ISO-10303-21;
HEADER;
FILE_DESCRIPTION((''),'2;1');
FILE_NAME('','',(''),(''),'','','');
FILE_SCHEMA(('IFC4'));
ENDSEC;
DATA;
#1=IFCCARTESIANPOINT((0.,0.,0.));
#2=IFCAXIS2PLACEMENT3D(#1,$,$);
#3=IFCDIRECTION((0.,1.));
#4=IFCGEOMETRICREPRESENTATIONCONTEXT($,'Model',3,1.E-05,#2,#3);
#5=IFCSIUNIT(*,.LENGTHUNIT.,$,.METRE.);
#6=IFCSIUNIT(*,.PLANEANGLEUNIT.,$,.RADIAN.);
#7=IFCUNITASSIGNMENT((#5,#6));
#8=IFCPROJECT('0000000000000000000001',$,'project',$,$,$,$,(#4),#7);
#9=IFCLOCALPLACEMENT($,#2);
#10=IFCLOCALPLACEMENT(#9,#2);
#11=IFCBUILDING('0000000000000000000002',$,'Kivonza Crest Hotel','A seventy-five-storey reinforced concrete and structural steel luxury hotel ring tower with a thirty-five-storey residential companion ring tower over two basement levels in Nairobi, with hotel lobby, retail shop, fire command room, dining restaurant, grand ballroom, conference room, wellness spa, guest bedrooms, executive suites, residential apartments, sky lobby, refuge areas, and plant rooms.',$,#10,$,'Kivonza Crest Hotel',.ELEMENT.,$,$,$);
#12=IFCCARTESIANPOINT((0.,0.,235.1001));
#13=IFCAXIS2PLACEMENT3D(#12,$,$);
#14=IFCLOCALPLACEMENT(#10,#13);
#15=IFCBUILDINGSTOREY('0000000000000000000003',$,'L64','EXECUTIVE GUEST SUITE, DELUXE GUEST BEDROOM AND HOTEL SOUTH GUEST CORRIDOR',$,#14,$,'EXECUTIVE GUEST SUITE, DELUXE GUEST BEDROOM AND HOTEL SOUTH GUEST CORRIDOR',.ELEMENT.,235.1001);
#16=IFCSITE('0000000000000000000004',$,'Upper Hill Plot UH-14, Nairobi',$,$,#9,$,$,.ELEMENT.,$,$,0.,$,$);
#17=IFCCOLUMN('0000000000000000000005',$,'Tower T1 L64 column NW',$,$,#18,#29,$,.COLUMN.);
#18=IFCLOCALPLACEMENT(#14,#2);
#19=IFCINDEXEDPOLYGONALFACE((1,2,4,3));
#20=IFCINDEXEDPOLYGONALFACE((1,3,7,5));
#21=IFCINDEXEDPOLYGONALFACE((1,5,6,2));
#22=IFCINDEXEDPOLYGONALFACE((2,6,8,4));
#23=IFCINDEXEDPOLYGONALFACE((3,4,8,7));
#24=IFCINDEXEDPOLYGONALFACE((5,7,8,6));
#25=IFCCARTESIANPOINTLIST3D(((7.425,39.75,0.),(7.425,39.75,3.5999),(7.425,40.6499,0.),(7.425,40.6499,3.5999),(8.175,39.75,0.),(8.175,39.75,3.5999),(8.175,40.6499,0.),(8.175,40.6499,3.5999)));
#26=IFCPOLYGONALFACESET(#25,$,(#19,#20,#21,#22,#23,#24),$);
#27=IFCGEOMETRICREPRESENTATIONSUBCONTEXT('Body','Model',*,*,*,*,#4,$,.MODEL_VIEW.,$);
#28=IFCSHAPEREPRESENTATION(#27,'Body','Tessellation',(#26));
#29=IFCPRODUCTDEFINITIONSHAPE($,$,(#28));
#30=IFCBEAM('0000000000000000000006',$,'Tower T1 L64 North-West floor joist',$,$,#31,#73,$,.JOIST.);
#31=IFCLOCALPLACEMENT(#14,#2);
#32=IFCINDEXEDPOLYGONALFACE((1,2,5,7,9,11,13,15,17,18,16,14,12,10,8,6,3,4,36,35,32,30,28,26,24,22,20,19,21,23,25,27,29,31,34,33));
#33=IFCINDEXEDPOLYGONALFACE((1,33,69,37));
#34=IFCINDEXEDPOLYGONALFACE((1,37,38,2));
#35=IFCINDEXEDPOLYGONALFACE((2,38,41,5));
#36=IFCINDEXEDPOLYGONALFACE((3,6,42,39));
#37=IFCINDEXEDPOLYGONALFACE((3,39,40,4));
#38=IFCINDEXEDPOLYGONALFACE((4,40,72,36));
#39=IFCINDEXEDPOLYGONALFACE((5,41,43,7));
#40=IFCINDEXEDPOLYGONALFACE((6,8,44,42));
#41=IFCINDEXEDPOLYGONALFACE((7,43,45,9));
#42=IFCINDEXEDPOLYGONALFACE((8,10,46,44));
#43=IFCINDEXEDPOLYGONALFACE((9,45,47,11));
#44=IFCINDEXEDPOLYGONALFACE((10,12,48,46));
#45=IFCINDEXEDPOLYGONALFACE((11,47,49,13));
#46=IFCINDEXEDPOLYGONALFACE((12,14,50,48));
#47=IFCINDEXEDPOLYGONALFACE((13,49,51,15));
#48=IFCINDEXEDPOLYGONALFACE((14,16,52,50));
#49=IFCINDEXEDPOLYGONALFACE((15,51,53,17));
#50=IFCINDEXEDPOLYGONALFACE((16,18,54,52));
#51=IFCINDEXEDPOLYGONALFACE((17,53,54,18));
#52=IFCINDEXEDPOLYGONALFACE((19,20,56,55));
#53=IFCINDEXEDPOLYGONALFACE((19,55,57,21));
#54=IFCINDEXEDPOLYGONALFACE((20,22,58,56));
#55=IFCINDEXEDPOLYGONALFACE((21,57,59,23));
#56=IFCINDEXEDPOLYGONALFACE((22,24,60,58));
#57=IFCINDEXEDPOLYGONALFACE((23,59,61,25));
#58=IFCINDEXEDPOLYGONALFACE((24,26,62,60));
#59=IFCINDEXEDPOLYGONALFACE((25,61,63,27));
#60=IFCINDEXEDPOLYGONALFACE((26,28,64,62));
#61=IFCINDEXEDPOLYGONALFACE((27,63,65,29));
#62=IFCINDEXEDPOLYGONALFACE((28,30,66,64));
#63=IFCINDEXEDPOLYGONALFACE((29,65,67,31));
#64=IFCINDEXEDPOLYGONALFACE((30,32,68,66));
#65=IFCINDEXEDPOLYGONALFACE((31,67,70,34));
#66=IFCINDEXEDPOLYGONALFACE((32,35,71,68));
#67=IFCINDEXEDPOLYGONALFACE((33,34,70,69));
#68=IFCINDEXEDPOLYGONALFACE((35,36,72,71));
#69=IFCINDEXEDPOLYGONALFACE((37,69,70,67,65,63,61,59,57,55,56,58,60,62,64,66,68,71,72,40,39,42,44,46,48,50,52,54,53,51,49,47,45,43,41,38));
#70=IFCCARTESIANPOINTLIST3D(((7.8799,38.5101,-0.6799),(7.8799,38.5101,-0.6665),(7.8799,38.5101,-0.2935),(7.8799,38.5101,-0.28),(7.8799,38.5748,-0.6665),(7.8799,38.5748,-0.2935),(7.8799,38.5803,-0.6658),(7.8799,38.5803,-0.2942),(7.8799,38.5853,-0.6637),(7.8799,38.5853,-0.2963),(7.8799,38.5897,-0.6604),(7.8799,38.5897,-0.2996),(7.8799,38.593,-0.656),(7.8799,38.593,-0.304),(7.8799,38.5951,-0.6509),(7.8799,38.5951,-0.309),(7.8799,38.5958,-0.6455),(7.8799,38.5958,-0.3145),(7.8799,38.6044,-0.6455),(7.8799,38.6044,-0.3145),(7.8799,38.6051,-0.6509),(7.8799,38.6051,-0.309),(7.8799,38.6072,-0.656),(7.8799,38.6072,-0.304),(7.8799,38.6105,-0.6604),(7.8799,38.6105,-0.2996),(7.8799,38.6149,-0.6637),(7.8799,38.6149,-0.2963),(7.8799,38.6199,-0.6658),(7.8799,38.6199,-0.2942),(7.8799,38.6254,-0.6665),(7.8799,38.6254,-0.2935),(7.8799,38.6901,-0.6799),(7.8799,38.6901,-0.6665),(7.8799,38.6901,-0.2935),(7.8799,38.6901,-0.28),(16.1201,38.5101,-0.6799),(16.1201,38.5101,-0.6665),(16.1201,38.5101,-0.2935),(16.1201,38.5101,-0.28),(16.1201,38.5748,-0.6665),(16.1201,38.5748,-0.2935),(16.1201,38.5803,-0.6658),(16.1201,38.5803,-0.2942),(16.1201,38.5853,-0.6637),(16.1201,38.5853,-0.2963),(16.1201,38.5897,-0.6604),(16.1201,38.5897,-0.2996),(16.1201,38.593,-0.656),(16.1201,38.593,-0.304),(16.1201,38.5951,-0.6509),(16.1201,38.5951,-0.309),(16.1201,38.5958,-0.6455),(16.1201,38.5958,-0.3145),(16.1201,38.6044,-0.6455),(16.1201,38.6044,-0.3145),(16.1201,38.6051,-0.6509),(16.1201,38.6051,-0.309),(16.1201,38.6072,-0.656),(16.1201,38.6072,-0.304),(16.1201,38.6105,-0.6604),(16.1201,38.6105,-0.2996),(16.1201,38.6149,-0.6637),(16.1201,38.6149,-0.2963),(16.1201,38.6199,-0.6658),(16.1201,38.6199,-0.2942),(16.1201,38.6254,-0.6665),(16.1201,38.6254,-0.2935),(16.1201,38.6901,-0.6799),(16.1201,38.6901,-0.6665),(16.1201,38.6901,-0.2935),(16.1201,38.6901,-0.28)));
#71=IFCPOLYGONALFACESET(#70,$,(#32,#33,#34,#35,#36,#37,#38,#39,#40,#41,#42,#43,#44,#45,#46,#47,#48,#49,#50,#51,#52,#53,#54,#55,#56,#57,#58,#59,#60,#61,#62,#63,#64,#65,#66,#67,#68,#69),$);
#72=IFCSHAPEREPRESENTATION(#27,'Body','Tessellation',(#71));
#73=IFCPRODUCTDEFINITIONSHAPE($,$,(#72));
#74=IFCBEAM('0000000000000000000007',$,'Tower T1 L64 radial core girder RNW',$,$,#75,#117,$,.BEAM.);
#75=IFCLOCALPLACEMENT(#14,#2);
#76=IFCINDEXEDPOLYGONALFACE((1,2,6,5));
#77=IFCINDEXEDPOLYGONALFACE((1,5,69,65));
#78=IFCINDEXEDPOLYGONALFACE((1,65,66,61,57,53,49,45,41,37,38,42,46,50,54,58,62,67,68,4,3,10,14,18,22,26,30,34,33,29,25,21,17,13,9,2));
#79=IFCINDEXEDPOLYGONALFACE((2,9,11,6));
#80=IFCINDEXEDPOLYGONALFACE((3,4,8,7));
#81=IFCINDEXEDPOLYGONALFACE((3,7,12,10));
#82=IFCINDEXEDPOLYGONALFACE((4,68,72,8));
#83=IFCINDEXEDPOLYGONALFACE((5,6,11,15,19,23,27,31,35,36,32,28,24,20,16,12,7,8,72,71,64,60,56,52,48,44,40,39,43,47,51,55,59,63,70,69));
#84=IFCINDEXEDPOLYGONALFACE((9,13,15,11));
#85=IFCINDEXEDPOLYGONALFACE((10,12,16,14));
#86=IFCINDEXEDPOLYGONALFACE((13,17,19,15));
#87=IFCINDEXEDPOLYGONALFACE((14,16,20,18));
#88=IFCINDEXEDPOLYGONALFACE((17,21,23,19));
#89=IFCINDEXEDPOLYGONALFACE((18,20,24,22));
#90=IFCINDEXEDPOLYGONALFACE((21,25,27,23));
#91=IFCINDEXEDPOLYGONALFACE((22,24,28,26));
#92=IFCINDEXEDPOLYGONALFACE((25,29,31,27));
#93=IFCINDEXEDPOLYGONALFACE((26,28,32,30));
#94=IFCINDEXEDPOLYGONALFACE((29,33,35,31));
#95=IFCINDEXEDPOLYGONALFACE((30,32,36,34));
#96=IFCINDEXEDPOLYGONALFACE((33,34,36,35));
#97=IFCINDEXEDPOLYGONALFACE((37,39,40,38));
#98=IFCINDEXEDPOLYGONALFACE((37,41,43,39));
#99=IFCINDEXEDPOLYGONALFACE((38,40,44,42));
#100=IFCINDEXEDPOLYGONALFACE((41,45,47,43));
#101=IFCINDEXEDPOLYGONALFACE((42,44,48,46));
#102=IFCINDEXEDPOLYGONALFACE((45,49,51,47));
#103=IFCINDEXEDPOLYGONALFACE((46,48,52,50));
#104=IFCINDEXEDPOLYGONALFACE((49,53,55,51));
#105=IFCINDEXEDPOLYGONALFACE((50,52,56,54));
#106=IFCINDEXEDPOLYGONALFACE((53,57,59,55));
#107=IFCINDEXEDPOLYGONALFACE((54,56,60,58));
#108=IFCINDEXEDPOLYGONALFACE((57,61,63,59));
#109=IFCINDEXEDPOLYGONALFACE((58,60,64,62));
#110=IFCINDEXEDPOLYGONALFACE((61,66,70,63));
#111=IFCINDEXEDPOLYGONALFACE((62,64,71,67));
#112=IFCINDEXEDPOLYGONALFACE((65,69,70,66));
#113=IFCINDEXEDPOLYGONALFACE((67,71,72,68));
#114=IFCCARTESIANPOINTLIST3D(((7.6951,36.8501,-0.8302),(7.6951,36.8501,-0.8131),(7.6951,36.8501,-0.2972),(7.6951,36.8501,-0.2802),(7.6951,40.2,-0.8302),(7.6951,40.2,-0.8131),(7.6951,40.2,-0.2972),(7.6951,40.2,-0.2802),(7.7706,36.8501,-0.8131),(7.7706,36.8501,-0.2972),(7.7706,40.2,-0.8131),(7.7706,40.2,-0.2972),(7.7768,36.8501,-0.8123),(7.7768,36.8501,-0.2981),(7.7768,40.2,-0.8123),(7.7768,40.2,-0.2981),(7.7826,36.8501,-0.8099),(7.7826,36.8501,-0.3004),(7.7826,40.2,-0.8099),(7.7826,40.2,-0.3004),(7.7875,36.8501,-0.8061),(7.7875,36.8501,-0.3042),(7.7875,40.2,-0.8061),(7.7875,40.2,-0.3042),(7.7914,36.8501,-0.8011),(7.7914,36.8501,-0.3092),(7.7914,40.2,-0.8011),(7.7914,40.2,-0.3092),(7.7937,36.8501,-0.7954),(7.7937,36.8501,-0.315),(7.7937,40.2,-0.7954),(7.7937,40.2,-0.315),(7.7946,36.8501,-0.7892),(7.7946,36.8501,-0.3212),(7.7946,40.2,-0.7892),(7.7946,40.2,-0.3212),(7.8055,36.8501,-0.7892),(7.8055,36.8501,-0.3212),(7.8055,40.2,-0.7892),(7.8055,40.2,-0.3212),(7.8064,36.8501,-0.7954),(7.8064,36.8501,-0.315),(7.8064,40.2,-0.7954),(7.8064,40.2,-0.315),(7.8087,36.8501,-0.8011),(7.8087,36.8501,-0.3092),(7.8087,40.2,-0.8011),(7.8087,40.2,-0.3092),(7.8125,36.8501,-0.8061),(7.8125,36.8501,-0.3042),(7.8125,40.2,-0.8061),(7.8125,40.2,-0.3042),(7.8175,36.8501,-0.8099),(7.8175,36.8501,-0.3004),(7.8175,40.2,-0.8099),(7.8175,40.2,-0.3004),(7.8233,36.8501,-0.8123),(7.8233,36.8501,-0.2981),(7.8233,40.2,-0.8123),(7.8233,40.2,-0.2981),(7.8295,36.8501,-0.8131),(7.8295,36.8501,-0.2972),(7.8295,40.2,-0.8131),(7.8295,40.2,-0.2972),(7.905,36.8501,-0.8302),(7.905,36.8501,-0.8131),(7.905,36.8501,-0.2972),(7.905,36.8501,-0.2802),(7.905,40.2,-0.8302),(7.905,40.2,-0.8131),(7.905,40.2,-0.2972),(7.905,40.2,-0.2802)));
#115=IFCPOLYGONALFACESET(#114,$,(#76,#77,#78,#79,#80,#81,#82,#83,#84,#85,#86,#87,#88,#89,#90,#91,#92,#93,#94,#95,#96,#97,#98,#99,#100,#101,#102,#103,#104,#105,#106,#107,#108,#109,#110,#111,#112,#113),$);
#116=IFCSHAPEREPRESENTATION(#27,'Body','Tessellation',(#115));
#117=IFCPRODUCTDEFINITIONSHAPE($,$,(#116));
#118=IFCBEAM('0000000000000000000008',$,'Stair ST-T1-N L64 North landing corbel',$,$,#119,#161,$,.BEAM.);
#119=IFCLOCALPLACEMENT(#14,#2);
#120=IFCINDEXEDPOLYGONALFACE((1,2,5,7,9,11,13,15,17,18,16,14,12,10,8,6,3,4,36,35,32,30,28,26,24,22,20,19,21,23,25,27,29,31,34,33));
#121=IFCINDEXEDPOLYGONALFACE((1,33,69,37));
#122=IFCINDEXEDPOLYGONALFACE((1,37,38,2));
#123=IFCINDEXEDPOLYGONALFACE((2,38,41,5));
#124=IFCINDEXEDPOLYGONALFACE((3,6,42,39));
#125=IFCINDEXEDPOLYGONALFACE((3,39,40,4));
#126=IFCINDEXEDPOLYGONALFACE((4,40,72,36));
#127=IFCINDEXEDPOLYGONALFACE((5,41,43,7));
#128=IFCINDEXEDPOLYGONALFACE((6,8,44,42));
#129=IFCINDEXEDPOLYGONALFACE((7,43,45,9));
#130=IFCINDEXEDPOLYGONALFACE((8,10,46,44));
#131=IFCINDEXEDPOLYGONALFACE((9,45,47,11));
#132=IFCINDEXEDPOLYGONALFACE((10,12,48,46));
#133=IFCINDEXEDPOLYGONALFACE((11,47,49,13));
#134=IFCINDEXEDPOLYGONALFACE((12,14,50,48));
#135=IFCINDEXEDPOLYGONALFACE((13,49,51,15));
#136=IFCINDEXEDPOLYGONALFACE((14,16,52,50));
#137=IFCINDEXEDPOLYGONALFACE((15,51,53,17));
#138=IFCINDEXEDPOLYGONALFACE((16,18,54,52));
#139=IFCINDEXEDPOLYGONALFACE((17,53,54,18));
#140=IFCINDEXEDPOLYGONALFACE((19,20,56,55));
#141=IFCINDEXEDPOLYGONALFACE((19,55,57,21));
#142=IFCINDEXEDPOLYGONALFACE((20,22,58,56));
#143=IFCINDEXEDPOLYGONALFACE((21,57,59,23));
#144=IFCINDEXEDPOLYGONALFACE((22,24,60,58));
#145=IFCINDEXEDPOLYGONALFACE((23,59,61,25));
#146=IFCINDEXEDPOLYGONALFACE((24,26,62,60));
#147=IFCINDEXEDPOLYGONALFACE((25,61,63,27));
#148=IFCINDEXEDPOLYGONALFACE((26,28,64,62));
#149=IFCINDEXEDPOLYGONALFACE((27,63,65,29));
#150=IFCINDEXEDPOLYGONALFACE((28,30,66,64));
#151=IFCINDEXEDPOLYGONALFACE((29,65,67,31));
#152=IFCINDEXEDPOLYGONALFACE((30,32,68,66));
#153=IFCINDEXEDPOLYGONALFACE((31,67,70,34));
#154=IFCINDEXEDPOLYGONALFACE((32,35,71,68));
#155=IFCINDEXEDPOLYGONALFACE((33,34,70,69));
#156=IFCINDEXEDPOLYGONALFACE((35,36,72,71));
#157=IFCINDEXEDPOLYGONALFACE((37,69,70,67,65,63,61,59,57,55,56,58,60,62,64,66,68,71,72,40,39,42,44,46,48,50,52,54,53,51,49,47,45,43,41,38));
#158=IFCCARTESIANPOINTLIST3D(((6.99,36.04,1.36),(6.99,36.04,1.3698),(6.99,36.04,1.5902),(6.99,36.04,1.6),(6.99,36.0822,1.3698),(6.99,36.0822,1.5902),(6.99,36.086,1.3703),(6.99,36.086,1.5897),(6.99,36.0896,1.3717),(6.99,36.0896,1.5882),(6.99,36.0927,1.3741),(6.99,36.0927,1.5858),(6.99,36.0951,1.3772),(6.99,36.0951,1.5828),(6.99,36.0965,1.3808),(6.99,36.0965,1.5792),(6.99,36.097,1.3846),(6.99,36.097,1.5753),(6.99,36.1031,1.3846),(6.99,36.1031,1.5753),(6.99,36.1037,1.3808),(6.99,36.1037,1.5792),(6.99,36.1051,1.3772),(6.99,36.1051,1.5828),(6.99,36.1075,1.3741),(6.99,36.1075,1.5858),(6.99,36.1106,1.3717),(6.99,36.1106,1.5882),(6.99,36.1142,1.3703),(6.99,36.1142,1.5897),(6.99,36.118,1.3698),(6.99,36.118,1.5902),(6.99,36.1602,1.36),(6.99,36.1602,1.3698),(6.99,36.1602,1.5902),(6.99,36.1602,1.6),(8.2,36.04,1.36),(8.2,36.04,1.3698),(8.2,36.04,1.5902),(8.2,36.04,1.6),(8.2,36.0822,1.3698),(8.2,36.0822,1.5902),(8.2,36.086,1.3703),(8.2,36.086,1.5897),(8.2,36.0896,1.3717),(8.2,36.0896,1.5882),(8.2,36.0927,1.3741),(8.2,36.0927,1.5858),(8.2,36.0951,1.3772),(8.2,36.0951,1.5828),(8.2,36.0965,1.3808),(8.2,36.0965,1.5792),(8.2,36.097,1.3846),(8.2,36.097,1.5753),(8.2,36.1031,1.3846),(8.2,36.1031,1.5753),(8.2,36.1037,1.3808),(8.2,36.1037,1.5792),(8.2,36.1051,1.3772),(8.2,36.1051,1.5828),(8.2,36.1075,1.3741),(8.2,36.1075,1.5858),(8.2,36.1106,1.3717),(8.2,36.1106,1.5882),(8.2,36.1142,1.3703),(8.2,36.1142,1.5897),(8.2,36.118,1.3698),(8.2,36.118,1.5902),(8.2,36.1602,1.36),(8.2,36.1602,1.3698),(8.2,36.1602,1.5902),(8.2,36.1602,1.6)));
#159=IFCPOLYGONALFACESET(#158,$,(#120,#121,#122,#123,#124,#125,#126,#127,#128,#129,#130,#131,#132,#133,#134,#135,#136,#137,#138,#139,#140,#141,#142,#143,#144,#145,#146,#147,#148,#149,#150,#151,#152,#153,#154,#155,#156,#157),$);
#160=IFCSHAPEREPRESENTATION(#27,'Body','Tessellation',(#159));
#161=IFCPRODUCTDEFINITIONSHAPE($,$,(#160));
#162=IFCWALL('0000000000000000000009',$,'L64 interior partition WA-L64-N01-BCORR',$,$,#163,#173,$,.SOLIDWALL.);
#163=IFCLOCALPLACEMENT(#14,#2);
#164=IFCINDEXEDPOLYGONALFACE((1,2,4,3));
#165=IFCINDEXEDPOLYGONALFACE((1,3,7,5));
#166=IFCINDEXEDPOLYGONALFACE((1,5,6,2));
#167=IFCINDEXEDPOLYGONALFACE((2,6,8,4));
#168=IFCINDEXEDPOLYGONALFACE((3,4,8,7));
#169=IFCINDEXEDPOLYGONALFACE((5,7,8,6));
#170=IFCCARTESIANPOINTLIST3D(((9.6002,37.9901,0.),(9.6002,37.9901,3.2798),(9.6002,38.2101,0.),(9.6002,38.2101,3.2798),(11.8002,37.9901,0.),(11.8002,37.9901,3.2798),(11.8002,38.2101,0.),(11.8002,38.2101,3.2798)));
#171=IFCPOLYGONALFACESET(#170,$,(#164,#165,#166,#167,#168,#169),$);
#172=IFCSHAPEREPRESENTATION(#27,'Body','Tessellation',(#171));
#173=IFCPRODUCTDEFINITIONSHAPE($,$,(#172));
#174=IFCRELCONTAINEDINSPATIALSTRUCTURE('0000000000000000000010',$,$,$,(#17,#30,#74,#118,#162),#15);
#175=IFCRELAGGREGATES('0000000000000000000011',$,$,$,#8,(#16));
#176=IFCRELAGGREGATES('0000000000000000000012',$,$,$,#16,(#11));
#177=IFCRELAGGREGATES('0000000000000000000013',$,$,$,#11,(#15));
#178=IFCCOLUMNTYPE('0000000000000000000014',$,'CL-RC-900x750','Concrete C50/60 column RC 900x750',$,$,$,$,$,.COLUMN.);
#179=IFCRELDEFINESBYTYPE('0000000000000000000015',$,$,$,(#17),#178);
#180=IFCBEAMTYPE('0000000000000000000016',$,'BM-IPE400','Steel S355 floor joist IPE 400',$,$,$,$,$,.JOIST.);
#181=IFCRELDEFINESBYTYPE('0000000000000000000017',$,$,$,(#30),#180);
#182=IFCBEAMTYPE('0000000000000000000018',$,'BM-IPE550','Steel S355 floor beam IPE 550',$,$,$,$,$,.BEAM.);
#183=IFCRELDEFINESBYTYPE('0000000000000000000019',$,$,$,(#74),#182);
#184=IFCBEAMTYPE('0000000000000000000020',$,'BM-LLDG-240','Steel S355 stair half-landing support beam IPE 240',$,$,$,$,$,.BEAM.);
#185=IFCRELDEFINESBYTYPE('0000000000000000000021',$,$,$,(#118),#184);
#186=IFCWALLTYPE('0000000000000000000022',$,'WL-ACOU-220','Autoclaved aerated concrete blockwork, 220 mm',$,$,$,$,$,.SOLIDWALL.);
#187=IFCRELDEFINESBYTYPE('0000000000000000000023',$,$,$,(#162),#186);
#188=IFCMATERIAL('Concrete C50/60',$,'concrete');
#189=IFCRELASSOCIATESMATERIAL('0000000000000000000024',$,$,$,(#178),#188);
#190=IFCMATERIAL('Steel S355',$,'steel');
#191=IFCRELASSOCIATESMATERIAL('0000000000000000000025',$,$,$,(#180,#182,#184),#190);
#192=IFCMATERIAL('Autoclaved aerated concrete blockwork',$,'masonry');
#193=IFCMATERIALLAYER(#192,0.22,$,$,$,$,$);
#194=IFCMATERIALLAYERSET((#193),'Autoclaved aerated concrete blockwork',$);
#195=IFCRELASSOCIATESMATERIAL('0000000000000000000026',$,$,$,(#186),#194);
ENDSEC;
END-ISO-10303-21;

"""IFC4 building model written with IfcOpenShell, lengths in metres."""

from ifc_helpers import new_model, si_unit, direction, frame, frame_2d, origin, origin_2d, place, context, subcontext, project, spatial, rectangle, i_section, extrude, material, layer, layer_set, material_profile, profile_set, type_object, element, save


model = new_model("IFC4")

# Units and contexts
model_context = context("Model", 3, precision=1e-05, world=origin(), true_north=direction((0.0, 1.0)))
body_context = subcontext(model_context, "Body", "Model", "MODEL_VIEW")
ifc_project = project(units=[si_unit("LENGTHUNIT", "METRE"), si_unit("PLANEANGLEUNIT", "RADIAN")], contexts=[model_context])

# Site, building, storey
site_placement = place(None, origin())
site = spatial("IfcSite", under=ifc_project, at=site_placement, Name="Upper Hill Plot UH-14, Nairobi", CompositionType="ELEMENT", RefElevation=0.0)
building_placement = place(site_placement, origin())
building = spatial("IfcBuilding", under=site, at=building_placement, Name="Kivonza Crest Hotel", Description="A seventy-five-storey reinforced concrete and structural steel luxury hotel ring tower with a thirty-five-storey residential companion ring tower over two basement levels in Nairobi, with hotel lobby, retail shop, fire command room, dining restaurant, grand ballroom, conference room, wellness spa, guest bedrooms, executive suites, residential apartments, sky lobby, refuge areas, and plant rooms.", LongName="Kivonza Crest Hotel", CompositionType="ELEMENT")
storey_placement = place(building_placement, frame((0.0, 0.0, 235.1001)))
storey = spatial("IfcBuildingStorey", under=building, at=storey_placement, Name="L64", Description="EXECUTIVE GUEST SUITE, DELUXE GUEST BEDROOM AND HOTEL SOUTH GUEST CORRIDOR", LongName="EXECUTIVE GUEST SUITE, DELUXE GUEST BEDROOM AND HOTEL SOUTH GUEST CORRIDOR", CompositionType="ELEMENT", Elevation=235.1001)

# Column
ifc_material_1 = material(Name="Concrete C50/60", Category="concrete")
ifc_material_profile_1 = material_profile(ifc_material_1, rectangle(XDim=0.75, YDim=0.8999, at=origin_2d()), Name="RC 900x750")
ifc_profile_set_1 = profile_set([ifc_material_profile_1], Name="Concrete C50/60")
column_type = type_object("IfcColumnType", Name="CL-RC-900x750", Description="Concrete C50/60 column RC 900x750", PredefinedType="COLUMN", material=ifc_profile_set_1)
column_placement = place(storey_placement, frame((7.8, 40.2, 0.0), z_axis=(0.0, 0.0, 1.0), x_axis=(1.0, 0.0, 0.0)))
element("IfcColumn", 1, at=column_placement, inside=storey, type_object=column_type, Name="Tower T1 L64 column NW", PredefinedType="COLUMN", context=body_context, shape_type="SweptSolid", body=[
    extrude(rectangle(XDim=0.75, YDim=0.8999, at=origin_2d()), origin(), (0.0, 0.0, 1.0), 3.5999),
])

# Beams
ifc_material_2 = material(Name="Steel S355", Category="steel")
ifc_material_profile_2 = material_profile(ifc_material_2, i_section(OverallWidth=0.1799, OverallDepth=0.3999, WebThickness=0.0085, FlangeThickness=0.0134, FilletRadius=0.021, at=origin_2d()), Name="IPE 400")
ifc_profile_set_2 = profile_set([ifc_material_profile_2], Name="Steel S355")
beam_type_1 = type_object("IfcBeamType", Name="BM-IPE400", Description="Steel S355 floor joist IPE 400", PredefinedType="JOIST", material=ifc_profile_set_2)
beam_1_placement = place(storey_placement, frame((7.8799, 38.6001, -0.48), z_axis=(1.0, 0.0, 0.0), x_axis=(0.0, 1.0, 0.0)))
element("IfcBeam", 2, at=beam_1_placement, inside=storey, type_object=beam_type_1, Name="Tower T1 L64 North-West floor joist", PredefinedType="JOIST", context=body_context, shape_type="SweptSolid", body=[
    extrude(i_section(OverallWidth=0.1799, OverallDepth=0.3999, WebThickness=0.0085, FlangeThickness=0.0134, FilletRadius=0.021, at=origin_2d()), origin(), (0.0, 0.0, 1.0), 8.2402),
])
ifc_material_profile_3 = material_profile(ifc_material_2, i_section(OverallWidth=0.21, OverallDepth=0.55, WebThickness=0.011, FlangeThickness=0.0171, FilletRadius=0.0239, at=origin_2d()), Name="IPE 550")
ifc_profile_set_3 = profile_set([ifc_material_profile_3], Name="Steel S355")
beam_type_2 = type_object("IfcBeamType", Name="BM-IPE550", Description="Steel S355 floor beam IPE 550", PredefinedType="BEAM", material=ifc_profile_set_3)
beam_2_placement = place(storey_placement, frame((7.8, 40.2, -0.5552), z_axis=(0.0, -1.0, 0.0), x_axis=(1.0, 0.0, 0.0)))
element("IfcBeam", 3, at=beam_2_placement, inside=storey, type_object=beam_type_2, Name="Tower T1 L64 radial core girder RNW", PredefinedType="BEAM", context=body_context, shape_type="SweptSolid", body=[
    extrude(i_section(OverallWidth=0.21, OverallDepth=0.55, WebThickness=0.011, FlangeThickness=0.0171, FilletRadius=0.0239, at=origin_2d()), origin(), (0.0, 0.0, 1.0), 3.3499),
])
ifc_material_profile_4 = material_profile(ifc_material_2, i_section(OverallWidth=0.1201, OverallDepth=0.24, WebThickness=0.0061, FlangeThickness=0.0098, FilletRadius=0.0149, at=origin_2d()), Name="IPE 240")
ifc_profile_set_4 = profile_set([ifc_material_profile_4], Name="Steel S355")
beam_type_3 = type_object("IfcBeamType", Name="BM-LLDG-240", Description="Steel S355 stair half-landing support beam IPE 240", PredefinedType="BEAM", material=ifc_profile_set_4)
beam_3_placement = place(storey_placement, frame((6.99, 36.1001, 1.48), z_axis=(1.0, 0.0, 0.0), x_axis=(0.0, 1.0, 0.0)))
element("IfcBeam", 4, at=beam_3_placement, inside=storey, type_object=beam_type_3, Name="Stair ST-T1-N L64 North landing corbel", PredefinedType="BEAM", context=body_context, shape_type="SweptSolid", body=[
    extrude(i_section(OverallWidth=0.1201, OverallDepth=0.24, WebThickness=0.0061, FlangeThickness=0.0098, FilletRadius=0.0149, at=origin_2d()), origin(), (0.0, 0.0, 1.0), 1.21),
])

# Wall
ifc_material_3 = material(Name="Autoclaved aerated concrete blockwork", Category="masonry")
ifc_layer_1 = layer(ifc_material_3, 0.22)
ifc_layer_set_1 = layer_set([ifc_layer_1], Name="Autoclaved aerated concrete blockwork")
wall_type_1 = type_object("IfcWallType", Name="WL-ACOU-220", Description="Autoclaved aerated concrete blockwork, 220 mm", PredefinedType="SOLIDWALL", material=ifc_layer_set_1)
wall_1_placement = place(storey_placement, frame((9.6001, 38.1001, 0.0), z_axis=(0.0, 0.0, 1.0), x_axis=(1.0, 0.0, 0.0)))
element("IfcWall", 5, at=wall_1_placement, inside=storey, type_object=wall_type_1, Name="L64 interior partition WA-L64-N01-BCORR", PredefinedType="SOLIDWALL", context=body_context, shape_type="SweptSolid", body=[
    extrude(rectangle(XDim=2.2, YDim=0.22, at=frame_2d((1.1001, 0.0))), origin(), (0.0, 0.0, 1.0), 3.2798),
])

save(model, "model.ifc")
